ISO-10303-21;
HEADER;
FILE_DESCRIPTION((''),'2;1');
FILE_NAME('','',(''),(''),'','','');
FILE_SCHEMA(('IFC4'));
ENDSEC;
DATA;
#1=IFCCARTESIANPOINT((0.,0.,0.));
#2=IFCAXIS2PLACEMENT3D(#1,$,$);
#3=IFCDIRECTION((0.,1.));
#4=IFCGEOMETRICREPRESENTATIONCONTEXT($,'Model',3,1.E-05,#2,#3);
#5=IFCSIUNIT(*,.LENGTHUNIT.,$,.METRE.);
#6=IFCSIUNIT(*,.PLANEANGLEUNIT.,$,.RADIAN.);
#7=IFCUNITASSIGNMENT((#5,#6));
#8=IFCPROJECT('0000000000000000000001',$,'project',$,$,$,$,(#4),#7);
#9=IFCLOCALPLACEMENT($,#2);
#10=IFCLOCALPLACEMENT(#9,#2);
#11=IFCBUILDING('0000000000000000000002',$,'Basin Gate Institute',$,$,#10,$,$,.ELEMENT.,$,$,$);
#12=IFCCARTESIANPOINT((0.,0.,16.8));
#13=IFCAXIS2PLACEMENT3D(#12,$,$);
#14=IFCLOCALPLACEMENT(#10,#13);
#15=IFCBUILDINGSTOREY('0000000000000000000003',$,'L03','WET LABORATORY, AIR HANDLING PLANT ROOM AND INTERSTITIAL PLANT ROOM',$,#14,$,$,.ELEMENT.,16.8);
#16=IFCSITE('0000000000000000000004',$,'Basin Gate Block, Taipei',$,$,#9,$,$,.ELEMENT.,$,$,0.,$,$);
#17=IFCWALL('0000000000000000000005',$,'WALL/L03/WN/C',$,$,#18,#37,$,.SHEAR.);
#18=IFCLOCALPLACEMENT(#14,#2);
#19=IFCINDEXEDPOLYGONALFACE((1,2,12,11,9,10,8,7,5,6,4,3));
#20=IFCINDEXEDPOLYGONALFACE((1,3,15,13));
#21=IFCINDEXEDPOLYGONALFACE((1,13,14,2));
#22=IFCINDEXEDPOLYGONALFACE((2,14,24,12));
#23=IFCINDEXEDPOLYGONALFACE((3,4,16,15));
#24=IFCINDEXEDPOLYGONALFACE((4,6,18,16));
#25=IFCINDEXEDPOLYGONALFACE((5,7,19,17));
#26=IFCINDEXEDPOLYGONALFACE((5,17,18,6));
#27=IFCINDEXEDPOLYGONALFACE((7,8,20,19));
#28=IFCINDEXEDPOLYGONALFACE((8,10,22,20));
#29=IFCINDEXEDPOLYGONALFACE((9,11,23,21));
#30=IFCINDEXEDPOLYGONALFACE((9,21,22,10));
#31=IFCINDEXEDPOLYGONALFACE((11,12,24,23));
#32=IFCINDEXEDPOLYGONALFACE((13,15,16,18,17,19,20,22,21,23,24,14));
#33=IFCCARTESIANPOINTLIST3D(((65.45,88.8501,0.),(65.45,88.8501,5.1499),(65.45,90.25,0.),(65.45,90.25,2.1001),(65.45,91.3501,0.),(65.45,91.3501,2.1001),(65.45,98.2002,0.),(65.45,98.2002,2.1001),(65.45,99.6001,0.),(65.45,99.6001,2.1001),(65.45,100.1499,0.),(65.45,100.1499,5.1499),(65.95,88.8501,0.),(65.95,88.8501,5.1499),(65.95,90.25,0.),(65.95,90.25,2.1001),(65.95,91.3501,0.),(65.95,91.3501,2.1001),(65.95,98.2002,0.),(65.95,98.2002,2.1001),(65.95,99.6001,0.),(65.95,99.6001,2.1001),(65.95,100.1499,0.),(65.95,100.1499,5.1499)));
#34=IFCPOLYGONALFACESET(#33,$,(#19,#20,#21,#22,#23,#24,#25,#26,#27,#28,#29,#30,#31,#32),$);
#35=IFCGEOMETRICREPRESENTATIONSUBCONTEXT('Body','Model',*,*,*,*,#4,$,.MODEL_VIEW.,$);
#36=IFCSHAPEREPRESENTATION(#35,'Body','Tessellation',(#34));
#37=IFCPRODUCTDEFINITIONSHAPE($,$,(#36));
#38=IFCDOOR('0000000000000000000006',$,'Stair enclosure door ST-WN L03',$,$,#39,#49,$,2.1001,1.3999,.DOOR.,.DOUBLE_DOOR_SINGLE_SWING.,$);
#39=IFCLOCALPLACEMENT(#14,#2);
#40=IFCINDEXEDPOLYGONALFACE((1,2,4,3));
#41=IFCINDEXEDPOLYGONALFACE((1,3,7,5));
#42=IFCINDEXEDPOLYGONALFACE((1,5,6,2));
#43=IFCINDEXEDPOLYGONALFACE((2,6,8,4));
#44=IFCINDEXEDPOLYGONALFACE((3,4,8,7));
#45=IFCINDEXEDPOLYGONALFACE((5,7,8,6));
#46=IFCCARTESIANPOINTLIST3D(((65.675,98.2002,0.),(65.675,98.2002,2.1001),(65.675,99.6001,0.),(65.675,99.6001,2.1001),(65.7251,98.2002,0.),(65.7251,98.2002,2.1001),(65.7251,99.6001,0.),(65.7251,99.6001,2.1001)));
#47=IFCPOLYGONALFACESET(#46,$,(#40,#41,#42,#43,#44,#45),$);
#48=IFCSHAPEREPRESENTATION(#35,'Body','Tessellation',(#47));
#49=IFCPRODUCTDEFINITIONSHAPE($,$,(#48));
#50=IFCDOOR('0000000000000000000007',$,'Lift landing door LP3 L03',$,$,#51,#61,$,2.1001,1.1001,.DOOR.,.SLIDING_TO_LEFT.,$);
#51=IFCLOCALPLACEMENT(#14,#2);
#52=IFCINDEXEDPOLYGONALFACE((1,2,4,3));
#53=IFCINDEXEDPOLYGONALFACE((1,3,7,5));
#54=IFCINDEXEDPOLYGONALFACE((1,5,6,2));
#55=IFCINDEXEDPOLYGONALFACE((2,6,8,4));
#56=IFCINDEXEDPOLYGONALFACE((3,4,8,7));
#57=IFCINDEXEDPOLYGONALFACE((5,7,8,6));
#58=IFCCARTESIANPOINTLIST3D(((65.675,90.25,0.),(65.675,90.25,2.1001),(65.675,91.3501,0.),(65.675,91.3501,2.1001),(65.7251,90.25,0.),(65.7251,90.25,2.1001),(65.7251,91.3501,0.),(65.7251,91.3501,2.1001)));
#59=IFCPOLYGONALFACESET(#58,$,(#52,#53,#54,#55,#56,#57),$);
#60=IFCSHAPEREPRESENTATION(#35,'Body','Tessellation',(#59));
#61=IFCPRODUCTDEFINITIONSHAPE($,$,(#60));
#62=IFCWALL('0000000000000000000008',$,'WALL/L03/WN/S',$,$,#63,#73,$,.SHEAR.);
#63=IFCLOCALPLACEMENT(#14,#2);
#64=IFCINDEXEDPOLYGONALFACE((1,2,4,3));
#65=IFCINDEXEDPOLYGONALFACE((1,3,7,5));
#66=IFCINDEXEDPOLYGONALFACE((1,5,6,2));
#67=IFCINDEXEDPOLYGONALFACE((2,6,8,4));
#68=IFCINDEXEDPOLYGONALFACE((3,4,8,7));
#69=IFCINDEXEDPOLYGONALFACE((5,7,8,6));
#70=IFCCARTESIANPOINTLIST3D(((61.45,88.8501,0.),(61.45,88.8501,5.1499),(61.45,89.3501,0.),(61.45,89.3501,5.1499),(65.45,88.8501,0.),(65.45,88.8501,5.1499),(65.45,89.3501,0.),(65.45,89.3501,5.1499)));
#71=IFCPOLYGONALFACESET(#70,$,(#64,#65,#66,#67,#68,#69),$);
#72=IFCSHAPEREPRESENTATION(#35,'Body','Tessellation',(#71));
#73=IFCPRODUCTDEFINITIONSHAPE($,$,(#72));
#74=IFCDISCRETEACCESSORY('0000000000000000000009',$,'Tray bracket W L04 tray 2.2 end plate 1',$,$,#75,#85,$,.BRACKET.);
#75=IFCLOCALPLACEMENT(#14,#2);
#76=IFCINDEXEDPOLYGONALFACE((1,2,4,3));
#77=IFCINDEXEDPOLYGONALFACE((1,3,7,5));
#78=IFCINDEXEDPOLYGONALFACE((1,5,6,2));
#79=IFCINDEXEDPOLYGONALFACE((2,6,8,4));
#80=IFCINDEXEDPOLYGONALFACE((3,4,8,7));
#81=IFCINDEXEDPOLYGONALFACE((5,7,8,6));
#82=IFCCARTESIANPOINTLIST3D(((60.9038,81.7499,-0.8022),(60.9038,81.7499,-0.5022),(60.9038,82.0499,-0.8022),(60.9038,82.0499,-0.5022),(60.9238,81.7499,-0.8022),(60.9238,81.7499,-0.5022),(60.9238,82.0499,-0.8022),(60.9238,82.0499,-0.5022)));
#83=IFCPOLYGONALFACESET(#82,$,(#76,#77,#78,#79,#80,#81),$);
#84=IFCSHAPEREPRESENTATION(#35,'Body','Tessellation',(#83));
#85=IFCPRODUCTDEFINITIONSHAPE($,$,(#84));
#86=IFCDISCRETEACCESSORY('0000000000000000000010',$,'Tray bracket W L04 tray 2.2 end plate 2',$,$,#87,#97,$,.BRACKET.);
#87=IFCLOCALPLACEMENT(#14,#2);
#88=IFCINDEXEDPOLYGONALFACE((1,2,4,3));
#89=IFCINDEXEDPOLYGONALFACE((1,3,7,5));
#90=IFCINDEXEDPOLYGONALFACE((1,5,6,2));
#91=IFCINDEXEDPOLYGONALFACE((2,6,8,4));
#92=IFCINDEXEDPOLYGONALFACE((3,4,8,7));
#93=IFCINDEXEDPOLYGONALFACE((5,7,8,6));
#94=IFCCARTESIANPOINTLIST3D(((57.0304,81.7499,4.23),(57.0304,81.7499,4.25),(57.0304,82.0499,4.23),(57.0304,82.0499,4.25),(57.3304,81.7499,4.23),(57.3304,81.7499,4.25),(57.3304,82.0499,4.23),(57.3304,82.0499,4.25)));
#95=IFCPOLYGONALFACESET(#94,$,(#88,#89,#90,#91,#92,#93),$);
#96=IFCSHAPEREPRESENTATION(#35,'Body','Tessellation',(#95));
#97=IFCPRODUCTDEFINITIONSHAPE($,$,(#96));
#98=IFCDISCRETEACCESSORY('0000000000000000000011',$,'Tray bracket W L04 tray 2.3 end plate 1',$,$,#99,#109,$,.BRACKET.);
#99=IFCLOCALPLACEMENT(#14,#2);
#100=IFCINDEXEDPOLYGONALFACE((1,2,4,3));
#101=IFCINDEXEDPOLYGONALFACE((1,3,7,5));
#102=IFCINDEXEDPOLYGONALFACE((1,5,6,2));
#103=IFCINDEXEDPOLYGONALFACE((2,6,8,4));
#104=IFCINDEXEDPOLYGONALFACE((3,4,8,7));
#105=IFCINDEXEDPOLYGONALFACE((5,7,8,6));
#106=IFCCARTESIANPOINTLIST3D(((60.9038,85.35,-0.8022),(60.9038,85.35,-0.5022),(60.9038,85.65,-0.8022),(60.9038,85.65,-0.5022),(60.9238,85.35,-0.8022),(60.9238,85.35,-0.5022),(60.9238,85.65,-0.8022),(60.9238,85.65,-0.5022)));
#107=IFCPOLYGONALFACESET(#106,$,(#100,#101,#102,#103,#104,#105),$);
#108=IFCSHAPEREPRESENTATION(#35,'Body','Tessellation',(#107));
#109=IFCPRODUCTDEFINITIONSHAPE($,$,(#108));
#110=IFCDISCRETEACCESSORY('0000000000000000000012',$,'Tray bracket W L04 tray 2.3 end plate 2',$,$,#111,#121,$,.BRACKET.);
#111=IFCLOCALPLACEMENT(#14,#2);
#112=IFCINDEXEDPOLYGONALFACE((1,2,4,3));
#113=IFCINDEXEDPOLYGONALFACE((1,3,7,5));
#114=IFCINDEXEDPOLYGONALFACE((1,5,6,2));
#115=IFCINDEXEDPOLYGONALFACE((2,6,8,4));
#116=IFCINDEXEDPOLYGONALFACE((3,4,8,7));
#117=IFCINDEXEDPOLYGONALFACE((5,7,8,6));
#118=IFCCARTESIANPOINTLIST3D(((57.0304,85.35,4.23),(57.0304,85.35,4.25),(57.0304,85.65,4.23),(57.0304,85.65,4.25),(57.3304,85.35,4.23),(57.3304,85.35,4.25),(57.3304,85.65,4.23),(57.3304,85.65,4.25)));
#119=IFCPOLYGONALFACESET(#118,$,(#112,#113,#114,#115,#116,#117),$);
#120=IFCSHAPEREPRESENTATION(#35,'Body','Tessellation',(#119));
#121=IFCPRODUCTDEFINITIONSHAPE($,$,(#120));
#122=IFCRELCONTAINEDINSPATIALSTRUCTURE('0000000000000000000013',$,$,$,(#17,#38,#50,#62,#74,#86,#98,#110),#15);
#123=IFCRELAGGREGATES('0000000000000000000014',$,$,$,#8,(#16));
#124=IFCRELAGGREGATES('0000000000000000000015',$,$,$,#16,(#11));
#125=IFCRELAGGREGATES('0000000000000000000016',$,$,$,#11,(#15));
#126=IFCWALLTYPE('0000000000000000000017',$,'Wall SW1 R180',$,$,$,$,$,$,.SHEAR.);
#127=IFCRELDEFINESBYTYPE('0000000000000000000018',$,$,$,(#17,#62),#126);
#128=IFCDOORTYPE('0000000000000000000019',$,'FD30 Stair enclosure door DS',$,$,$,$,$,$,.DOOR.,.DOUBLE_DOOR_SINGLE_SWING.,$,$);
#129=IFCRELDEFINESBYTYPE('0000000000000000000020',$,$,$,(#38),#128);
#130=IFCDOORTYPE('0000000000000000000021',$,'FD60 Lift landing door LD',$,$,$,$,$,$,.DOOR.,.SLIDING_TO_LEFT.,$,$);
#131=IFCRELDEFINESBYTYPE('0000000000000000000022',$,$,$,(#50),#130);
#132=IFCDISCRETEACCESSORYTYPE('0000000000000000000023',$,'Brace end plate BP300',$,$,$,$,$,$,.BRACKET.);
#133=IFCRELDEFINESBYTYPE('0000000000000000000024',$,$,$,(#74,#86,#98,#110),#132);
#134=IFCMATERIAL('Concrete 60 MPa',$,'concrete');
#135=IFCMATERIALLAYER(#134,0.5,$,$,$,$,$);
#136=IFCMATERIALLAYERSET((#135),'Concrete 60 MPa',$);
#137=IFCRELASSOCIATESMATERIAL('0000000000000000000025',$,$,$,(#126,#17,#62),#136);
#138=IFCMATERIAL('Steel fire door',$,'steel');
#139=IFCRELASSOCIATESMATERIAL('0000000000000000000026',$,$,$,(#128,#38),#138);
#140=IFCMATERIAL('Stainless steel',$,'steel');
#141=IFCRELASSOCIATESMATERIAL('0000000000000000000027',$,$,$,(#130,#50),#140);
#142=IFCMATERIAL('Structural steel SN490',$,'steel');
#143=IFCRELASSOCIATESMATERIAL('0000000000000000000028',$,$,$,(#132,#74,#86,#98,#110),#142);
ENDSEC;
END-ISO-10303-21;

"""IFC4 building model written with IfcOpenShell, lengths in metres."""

from ifc_helpers import new_model, si_unit, direction, frame, frame_2d, origin, origin_2d, place, context, subcontext, project, spatial, rectangle, extrude, material, layer, layer_set, type_object, element, fill, save


model = new_model("IFC4")

# Units and contexts
model_context = context("Model", 3, precision=1e-05, world=origin(), true_north=direction((0.0, 1.0)))
body_context = subcontext(model_context, "Body", "Model", "MODEL_VIEW")
ifc_project = project(units=[si_unit("LENGTHUNIT", "METRE"), si_unit("PLANEANGLEUNIT", "RADIAN")], contexts=[model_context])

# Site, building, storey
site_placement = place(None, origin())
site = spatial("IfcSite", under=ifc_project, at=site_placement, Name="Basin Gate Block, Taipei", CompositionType="ELEMENT", RefElevation=0.0)
building_placement = place(site_placement, origin())
building = spatial("IfcBuilding", under=site, at=building_placement, Name="Basin Gate Institute", CompositionType="ELEMENT")
storey_placement = place(building_placement, frame((0.0, 0.0, 16.8)))
storey = spatial("IfcBuildingStorey", under=building, at=storey_placement, Name="L03", Description="WET LABORATORY, AIR HANDLING PLANT ROOM AND INTERSTITIAL PLANT ROOM", CompositionType="ELEMENT", Elevation=16.8)

# Shared definitions
ifc_material_1 = material(Name="Concrete 60 MPa", Category="concrete")
ifc_layer_1 = layer(ifc_material_1, 0.5)
ifc_layer_set_1 = layer_set([ifc_layer_1], Name="Concrete 60 MPa")
wall_type_1 = type_object("IfcWallType", Name="Wall SW1 R180", PredefinedType="SHEAR", material=ifc_layer_set_1)

# Wall, openings, doors
wall_1_placement = place(storey_placement, frame((65.7, 88.8501, 0.0), z_axis=(0.0, 0.0, 1.0), x_axis=(0.0, 1.0, 0.0)))
wall_1 = element("IfcWall", 1, at=wall_1_placement, inside=storey, type_object=wall_type_1, material=ifc_layer_set_1, Name="WALL/L03/WN/C", PredefinedType="SHEAR", context=body_context, shape_type="SweptSolid", body=[
    extrude(rectangle(XDim=11.2998, YDim=0.5, at=frame_2d((5.6499, 0.0))), origin(), (0.0, 0.0, 1.0), 5.1499),
])
opening_1_placement = place(wall_1_placement, frame((9.3501, 0.0, 0.0)))
opening_1 = element("IfcOpeningElement", 2, at=opening_1_placement, cuts=wall_1, PredefinedType="OPENING", context=body_context, shape_type="SweptSolid", body=[
    extrude(rectangle(XDim=1.3999, YDim=2.1001, at=frame_2d((0.7, 1.05))), frame((0.0, 0.26, 0.0), z_axis=(0.0, -1.0, 0.0), x_axis=(1.0, 0.0, 0.0)), (0.0, 0.0, 1.0), 0.52),
])
opening_2_placement = place(wall_1_placement, frame((1.3999, 0.0, 0.0)))
opening_2 = element("IfcOpeningElement", 3, at=opening_2_placement, cuts=wall_1, PredefinedType="OPENING", context=body_context, shape_type="SweptSolid", body=[
    extrude(rectangle(XDim=1.1001, YDim=2.1001, at=frame_2d((0.55, 1.05))), frame((0.0, 0.26, 0.0), z_axis=(0.0, -1.0, 0.0), x_axis=(1.0, 0.0, 0.0)), (0.0, 0.0, 1.0), 0.52),
])
ifc_material_2 = material(Name="Steel fire door", Category="steel")
door_type_1 = type_object("IfcDoorType", Name="FD30 Stair enclosure door DS", OperationType="DOUBLE_DOOR_SINGLE_SWING", PredefinedType="DOOR", material=ifc_material_2)
door_1_placement = place(opening_1_placement, origin())
door_1 = element("IfcDoor", 4, at=door_1_placement, inside=storey, type_object=door_type_1, material=ifc_material_2, Name="Stair enclosure door ST-WN L03", OperationType="DOUBLE_DOOR_SINGLE_SWING", OverallHeight=2.1001, OverallWidth=1.3999, PredefinedType="DOOR", context=body_context, shape_type="SweptSolid", body=[
    extrude(rectangle(XDim=1.3999, YDim=2.1001, at=frame_2d((0.7, 1.05))), frame((0.0, 0.0249, 0.0), z_axis=(0.0, -1.0, 0.0), x_axis=(1.0, 0.0, 0.0)), (0.0, 0.0, 1.0), 0.05),
])
fill(opening_1, door_1)
ifc_material_3 = material(Name="Stainless steel", Category="steel")
door_type_2 = type_object("IfcDoorType", Name="FD60 Lift landing door LD", OperationType="SLIDING_TO_LEFT", PredefinedType="DOOR", material=ifc_material_3)
door_2_placement = place(opening_2_placement, origin())
door_2 = element("IfcDoor", 5, at=door_2_placement, inside=storey, type_object=door_type_2, material=ifc_material_3, Name="Lift landing door LP3 L03", OperationType="SLIDING_TO_LEFT", OverallHeight=2.1001, OverallWidth=1.1001, PredefinedType="DOOR", context=body_context, shape_type="SweptSolid", body=[
    extrude(rectangle(XDim=1.1001, YDim=2.1001, at=frame_2d((0.55, 1.05))), frame((0.0, 0.0249, 0.0), z_axis=(0.0, -1.0, 0.0), x_axis=(1.0, 0.0, 0.0)), (0.0, 0.0, 1.0), 0.05),
])
fill(opening_2, door_2)

# Wall
wall_2_placement = place(storey_placement, frame((61.45, 89.1001, 0.0), z_axis=(0.0, 0.0, 1.0), x_axis=(1.0, 0.0, 0.0)))
element("IfcWall", 6, at=wall_2_placement, inside=storey, type_object=wall_type_1, material=ifc_layer_set_1, Name="WALL/L03/WN/S", PredefinedType="SHEAR", context=body_context, shape_type="SweptSolid", body=[
    extrude(rectangle(XDim=4.0, YDim=0.5, at=frame_2d((2.0, 0.0))), origin(), (0.0, 0.0, 1.0), 5.1499),
])

# Discrete accessories
ifc_material_4 = material(Name="Structural steel SN490", Category="steel")
discrete_accessory_type = type_object("IfcDiscreteAccessoryType", Name="Brace end plate BP300", PredefinedType="BRACKET", material=ifc_material_4)
discrete_accessory_1_placement = place(storey_placement, frame((60.9138, 81.8999, -0.8022), z_axis=(0.0, 0.0, 1.0), x_axis=(1.0, 0.0, 0.0)))
element("IfcDiscreteAccessory", 7, at=discrete_accessory_1_placement, inside=storey, type_object=discrete_accessory_type, material=ifc_material_4, Name="Tray bracket W L04 tray 2.2 end plate 1", PredefinedType="BRACKET", context=body_context, shape_type="SweptSolid", body=[
    extrude(rectangle(XDim=0.02, YDim=0.3, at=origin_2d()), origin(), (0.0, 0.0, 1.0), 0.3),
])
discrete_accessory_2_placement = place(storey_placement, frame((57.1804, 81.8999, 4.23), z_axis=(0.0, 0.0, 1.0), x_axis=(1.0, 0.0, 0.0)))
element("IfcDiscreteAccessory", 8, at=discrete_accessory_2_placement, inside=storey, type_object=discrete_accessory_type, material=ifc_material_4, Name="Tray bracket W L04 tray 2.2 end plate 2", PredefinedType="BRACKET", context=body_context, shape_type="SweptSolid", body=[
    extrude(rectangle(XDim=0.3, YDim=0.3, at=origin_2d()), origin(), (0.0, 0.0, 1.0), 0.02),
])
discrete_accessory_3_placement = place(storey_placement, frame((60.9138, 85.5, -0.8022), z_axis=(0.0, 0.0, 1.0), x_axis=(1.0, 0.0, 0.0)))
element("IfcDiscreteAccessory", 9, at=discrete_accessory_3_placement, inside=storey, type_object=discrete_accessory_type, material=ifc_material_4, Name="Tray bracket W L04 tray 2.3 end plate 1", PredefinedType="BRACKET", context=body_context, shape_type="SweptSolid", body=[
    extrude(rectangle(XDim=0.02, YDim=0.3, at=origin_2d()), origin(), (0.0, 0.0, 1.0), 0.3),
])
discrete_accessory_4_placement = place(storey_placement, frame((57.1804, 85.5, 4.23), z_axis=(0.0, 0.0, 1.0), x_axis=(1.0, 0.0, 0.0)))
element("IfcDiscreteAccessory", 10, at=discrete_accessory_4_placement, inside=storey, type_object=discrete_accessory_type, material=ifc_material_4, Name="Tray bracket W L04 tray 2.3 end plate 2", PredefinedType="BRACKET", context=body_context, shape_type="SweptSolid", body=[
    extrude(rectangle(XDim=0.3, YDim=0.3, at=origin_2d()), origin(), (0.0, 0.0, 1.0), 0.02),
])

save(model, "model.ifc")
